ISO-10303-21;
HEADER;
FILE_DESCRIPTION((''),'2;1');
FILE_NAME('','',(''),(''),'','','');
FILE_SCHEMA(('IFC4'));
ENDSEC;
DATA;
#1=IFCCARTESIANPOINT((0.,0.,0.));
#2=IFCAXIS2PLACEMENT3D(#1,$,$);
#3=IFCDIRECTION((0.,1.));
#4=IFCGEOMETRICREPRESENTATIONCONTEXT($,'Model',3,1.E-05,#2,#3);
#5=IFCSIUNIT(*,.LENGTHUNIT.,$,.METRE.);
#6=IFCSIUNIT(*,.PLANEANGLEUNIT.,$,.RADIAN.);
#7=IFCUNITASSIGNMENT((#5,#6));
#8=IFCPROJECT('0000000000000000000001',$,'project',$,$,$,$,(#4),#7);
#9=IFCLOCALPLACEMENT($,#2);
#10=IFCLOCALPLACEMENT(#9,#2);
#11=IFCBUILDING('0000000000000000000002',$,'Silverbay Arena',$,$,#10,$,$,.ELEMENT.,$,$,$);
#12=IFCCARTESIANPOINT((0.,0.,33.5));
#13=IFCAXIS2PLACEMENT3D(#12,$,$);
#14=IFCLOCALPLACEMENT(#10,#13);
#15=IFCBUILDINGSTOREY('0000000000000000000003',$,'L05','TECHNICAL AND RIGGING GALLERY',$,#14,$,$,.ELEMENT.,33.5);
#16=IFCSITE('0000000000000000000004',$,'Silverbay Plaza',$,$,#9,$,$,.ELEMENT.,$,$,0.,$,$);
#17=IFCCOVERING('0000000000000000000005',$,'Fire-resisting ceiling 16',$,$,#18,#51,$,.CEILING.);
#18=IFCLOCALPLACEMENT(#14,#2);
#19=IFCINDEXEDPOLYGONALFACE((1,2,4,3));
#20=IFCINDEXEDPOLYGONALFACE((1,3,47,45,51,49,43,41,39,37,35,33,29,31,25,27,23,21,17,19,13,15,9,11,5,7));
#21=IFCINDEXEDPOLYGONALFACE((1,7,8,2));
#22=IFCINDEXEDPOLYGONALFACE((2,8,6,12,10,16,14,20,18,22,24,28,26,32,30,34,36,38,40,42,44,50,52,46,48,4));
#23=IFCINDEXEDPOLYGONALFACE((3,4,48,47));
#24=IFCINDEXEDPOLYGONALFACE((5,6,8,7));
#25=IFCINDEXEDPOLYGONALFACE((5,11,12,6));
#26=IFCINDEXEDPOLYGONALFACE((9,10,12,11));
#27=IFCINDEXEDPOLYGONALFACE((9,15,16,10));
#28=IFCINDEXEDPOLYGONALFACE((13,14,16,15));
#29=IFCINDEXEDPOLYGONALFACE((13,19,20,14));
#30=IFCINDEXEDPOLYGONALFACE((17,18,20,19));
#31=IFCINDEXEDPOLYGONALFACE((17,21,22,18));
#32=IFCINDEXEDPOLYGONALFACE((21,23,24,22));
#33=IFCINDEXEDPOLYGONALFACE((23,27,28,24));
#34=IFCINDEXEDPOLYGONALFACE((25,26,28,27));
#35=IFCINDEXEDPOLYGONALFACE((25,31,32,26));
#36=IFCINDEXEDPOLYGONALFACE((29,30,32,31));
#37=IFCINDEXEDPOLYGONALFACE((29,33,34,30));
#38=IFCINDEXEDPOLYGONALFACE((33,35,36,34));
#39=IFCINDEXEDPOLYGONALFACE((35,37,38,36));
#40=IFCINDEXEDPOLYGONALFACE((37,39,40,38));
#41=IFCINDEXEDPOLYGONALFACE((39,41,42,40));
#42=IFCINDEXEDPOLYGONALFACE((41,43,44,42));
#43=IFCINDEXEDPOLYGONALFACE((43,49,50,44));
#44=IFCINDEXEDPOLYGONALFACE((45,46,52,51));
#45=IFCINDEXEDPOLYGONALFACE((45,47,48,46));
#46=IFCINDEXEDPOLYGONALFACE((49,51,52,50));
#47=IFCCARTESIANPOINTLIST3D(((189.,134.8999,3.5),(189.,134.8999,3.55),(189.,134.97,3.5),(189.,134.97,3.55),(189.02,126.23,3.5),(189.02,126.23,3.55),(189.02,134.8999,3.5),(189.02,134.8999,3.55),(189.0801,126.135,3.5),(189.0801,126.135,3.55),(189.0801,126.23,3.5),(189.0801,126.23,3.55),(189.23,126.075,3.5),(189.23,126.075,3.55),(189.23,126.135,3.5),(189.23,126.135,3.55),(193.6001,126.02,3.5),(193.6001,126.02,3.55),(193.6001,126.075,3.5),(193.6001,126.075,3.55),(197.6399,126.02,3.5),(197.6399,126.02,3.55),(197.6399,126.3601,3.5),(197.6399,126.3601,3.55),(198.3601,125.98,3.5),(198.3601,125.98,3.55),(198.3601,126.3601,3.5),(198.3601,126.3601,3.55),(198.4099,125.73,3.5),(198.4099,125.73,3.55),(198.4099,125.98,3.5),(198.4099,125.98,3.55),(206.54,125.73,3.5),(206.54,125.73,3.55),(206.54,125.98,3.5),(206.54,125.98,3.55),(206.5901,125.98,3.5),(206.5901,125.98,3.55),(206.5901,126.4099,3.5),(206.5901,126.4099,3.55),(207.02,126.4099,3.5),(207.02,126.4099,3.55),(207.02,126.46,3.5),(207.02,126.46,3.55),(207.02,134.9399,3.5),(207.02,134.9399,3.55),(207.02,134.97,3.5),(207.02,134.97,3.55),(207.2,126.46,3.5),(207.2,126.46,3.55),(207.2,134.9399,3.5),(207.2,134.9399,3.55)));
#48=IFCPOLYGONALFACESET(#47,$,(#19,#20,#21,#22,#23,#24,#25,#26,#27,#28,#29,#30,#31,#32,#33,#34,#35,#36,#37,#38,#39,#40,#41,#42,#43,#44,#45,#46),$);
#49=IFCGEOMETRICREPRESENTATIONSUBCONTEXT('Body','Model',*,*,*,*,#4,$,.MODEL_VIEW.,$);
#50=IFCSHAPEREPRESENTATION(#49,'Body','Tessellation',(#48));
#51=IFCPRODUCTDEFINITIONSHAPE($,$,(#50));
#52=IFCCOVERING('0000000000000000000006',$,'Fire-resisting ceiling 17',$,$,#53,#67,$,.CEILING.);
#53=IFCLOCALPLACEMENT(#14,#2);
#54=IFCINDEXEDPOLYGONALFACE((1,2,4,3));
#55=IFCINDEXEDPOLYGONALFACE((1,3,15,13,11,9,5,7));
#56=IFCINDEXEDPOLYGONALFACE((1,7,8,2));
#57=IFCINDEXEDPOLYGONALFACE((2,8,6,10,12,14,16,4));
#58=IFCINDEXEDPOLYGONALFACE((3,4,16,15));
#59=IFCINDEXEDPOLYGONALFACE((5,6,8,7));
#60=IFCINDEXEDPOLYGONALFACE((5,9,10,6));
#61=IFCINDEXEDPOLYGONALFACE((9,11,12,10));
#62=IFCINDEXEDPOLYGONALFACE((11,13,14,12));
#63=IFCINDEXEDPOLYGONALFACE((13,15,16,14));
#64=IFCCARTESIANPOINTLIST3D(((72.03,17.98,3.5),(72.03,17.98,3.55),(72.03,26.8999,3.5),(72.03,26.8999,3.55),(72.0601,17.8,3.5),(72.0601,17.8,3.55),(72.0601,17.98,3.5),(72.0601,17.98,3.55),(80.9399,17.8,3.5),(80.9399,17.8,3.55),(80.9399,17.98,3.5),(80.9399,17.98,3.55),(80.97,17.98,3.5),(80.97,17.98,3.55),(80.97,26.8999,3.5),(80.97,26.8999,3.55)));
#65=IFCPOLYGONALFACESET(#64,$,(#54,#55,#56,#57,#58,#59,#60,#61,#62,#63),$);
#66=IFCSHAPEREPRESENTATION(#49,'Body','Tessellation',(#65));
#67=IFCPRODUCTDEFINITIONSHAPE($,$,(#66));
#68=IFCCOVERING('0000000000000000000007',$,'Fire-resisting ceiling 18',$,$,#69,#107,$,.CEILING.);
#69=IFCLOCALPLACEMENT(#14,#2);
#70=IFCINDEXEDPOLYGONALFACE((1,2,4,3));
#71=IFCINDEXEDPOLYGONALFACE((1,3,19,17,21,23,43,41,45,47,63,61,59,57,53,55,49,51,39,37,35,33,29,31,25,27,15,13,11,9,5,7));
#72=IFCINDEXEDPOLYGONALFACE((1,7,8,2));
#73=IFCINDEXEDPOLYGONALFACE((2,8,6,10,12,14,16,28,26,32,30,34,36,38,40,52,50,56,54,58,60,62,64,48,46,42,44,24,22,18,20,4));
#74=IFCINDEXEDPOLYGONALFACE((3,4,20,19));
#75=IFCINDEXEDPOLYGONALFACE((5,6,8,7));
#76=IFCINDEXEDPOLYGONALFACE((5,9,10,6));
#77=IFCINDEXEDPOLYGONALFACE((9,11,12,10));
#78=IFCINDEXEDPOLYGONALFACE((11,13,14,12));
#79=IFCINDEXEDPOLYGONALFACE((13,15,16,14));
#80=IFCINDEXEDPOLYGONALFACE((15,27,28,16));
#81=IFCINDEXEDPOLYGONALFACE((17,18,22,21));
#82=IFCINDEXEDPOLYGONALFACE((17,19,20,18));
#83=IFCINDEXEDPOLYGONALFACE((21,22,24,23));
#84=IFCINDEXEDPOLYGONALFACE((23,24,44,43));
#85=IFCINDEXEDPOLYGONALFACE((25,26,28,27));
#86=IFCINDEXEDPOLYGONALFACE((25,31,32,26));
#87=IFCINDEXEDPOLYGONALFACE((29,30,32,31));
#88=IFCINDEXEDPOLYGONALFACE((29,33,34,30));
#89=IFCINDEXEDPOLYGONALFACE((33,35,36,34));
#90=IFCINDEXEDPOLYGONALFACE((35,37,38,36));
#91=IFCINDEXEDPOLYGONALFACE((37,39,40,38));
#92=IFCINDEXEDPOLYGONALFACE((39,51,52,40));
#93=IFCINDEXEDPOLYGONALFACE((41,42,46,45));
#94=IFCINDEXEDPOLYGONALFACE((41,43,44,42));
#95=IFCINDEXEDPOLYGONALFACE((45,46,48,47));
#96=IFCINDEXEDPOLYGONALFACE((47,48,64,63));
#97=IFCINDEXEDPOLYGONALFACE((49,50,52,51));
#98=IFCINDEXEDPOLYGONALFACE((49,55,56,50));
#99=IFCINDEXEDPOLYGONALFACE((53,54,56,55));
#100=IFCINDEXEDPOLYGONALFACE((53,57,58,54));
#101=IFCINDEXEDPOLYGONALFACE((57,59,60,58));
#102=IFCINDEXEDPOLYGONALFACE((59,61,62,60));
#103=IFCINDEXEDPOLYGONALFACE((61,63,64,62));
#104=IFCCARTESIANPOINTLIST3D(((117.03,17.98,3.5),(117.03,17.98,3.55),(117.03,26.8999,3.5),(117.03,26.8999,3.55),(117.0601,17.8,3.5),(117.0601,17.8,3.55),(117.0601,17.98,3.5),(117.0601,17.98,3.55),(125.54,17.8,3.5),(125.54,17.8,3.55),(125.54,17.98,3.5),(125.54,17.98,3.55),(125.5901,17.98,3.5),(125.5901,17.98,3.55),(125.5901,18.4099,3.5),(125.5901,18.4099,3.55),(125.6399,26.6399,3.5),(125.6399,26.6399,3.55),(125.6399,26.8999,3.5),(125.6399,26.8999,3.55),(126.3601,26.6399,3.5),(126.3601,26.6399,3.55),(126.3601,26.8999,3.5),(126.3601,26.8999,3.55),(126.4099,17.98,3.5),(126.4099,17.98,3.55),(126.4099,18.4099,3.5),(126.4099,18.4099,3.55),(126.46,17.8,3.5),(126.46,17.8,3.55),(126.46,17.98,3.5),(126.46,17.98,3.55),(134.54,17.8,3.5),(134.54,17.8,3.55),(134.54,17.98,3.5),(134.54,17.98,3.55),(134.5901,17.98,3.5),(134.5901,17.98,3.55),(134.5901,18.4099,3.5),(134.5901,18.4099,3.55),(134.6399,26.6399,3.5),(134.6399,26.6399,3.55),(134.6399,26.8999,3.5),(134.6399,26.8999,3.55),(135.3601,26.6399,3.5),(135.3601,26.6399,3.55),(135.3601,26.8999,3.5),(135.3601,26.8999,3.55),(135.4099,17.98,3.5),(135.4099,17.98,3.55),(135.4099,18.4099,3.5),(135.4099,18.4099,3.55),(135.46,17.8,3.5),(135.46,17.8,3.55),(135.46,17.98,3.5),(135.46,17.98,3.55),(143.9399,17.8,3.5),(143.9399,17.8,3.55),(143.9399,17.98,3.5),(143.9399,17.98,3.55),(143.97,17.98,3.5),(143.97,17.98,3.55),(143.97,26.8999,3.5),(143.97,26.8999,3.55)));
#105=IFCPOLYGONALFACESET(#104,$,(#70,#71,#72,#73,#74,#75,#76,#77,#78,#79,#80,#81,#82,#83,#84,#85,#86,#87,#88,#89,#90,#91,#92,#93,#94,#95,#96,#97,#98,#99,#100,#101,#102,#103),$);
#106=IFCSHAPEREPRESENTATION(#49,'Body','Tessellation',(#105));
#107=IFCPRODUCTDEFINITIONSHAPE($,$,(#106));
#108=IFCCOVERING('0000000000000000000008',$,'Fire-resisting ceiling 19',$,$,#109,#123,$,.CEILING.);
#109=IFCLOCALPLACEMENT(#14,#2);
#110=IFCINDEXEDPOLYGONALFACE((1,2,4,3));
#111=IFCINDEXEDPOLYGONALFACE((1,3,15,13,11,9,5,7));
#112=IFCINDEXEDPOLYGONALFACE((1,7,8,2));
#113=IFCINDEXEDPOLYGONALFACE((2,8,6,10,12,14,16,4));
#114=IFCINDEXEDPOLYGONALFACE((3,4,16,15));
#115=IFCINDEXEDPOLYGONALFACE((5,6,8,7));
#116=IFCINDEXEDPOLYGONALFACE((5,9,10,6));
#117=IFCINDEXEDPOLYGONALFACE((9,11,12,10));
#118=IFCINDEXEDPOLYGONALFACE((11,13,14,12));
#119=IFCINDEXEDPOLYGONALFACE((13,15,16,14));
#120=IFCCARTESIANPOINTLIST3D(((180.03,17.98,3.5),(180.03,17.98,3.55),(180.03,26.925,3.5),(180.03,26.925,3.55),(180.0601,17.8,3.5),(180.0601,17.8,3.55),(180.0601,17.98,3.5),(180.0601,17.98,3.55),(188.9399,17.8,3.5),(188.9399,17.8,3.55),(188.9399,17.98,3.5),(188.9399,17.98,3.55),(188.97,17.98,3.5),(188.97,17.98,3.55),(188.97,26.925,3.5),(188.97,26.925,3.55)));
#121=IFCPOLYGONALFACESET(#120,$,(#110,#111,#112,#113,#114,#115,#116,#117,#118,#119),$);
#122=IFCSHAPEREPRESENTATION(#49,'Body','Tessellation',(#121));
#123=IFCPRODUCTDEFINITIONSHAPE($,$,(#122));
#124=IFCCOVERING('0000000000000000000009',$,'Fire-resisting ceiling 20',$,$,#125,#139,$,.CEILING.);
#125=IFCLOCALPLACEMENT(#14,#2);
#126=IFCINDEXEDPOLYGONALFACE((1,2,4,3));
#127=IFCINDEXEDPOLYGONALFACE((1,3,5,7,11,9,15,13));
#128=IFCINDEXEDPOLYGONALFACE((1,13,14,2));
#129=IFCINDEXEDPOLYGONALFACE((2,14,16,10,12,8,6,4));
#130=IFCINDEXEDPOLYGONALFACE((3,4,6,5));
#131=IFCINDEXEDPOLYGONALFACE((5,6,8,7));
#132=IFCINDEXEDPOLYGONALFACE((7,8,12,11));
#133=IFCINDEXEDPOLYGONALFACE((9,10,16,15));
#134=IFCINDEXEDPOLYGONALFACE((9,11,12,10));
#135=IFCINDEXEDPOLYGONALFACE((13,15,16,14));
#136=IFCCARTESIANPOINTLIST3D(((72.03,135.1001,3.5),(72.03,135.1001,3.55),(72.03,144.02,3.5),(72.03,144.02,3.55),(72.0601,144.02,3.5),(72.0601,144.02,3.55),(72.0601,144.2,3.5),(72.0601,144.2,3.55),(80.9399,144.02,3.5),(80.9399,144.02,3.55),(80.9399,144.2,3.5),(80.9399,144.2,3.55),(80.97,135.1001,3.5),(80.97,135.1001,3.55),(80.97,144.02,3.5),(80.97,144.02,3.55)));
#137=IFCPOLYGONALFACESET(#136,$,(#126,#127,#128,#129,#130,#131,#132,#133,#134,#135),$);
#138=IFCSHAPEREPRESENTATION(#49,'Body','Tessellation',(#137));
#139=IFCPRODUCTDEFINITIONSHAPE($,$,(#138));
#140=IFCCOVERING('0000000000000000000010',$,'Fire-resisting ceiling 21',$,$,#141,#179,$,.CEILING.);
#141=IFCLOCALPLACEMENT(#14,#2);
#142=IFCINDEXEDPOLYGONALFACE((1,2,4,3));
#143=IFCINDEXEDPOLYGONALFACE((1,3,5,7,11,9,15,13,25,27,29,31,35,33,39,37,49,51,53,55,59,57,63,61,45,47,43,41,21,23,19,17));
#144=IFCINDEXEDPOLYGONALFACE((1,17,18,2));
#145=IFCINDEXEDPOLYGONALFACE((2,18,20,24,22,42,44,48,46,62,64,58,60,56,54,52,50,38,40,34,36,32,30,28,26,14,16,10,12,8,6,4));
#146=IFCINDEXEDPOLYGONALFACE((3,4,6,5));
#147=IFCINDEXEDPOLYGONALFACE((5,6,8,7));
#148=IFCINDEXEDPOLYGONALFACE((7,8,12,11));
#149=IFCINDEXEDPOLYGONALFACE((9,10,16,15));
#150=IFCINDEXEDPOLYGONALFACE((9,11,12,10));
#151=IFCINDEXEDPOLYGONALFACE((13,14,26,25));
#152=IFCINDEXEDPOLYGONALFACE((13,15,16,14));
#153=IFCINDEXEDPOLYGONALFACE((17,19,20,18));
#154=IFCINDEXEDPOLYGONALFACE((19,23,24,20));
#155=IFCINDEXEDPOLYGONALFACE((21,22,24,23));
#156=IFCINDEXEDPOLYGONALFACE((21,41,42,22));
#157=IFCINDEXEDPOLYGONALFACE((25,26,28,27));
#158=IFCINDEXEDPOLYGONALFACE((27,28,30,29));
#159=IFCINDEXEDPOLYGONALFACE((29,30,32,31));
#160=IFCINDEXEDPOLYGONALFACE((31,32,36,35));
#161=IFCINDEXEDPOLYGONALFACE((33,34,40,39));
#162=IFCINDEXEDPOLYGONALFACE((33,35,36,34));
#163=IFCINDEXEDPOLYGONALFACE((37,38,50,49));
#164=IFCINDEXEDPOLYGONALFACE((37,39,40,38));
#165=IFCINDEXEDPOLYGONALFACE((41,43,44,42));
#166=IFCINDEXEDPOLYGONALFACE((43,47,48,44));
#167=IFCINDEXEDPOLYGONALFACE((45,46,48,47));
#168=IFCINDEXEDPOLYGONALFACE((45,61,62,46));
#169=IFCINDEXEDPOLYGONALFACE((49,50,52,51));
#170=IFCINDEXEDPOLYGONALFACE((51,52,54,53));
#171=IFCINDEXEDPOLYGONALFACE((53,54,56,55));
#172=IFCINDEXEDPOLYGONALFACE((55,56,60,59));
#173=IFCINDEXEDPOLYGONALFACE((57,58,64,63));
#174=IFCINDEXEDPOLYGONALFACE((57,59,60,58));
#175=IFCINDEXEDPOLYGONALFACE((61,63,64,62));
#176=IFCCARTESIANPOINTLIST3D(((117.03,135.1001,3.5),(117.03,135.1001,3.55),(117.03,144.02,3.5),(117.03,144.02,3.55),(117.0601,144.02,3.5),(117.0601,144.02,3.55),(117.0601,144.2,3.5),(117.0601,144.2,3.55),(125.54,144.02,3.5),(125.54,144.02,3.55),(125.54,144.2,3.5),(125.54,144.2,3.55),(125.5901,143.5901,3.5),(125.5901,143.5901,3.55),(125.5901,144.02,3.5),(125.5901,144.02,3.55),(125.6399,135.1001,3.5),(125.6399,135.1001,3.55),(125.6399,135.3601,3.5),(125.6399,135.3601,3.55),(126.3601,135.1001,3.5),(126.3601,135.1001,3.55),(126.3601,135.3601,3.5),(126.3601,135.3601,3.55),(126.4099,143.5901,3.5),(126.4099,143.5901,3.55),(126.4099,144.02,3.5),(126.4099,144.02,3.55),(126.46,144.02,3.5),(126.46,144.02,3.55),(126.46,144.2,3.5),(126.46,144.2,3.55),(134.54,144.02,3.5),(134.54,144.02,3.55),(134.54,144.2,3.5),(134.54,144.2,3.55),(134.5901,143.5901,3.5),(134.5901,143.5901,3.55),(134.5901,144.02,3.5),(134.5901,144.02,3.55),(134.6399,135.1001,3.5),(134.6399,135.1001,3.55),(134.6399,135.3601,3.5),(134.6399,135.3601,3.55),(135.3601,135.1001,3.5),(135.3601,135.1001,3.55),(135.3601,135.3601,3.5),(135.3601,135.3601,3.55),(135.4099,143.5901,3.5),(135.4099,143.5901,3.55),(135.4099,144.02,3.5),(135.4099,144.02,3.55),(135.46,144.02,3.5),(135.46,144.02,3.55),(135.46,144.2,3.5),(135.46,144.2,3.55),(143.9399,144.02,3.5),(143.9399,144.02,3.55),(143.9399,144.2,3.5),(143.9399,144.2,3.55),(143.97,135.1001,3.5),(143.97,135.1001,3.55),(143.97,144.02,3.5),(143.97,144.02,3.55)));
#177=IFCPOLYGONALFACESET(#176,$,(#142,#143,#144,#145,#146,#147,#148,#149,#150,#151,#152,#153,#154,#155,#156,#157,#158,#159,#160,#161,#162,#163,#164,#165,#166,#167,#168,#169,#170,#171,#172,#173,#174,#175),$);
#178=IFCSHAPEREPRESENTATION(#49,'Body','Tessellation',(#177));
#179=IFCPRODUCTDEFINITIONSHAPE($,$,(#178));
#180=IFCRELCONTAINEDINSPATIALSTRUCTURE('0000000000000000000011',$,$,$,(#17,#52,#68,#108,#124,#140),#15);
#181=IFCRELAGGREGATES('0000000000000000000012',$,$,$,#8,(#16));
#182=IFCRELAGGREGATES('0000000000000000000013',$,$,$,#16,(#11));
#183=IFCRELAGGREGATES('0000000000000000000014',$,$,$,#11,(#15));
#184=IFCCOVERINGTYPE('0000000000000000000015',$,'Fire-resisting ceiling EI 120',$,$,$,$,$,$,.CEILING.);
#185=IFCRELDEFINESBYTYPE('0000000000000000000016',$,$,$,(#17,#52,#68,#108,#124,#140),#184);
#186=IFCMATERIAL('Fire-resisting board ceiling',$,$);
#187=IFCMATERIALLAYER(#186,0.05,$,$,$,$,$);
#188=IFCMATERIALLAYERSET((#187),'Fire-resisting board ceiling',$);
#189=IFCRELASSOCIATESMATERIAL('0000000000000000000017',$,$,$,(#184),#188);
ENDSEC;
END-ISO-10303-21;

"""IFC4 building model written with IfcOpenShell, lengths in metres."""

from ifc_helpers import new_model, si_unit, direction, frame, origin, place, context, subcontext, project, spatial, polyline, outline, extrude, material, layer, layer_set, type_object, element, save


model = new_model("IFC4")

# Units and contexts
model_context = context("Model", 3, precision=1e-05, world=origin(), true_north=direction((0.0, 1.0)))
body_context = subcontext(model_context, "Body", "Model", "MODEL_VIEW")
ifc_project = project(units=[si_unit("LENGTHUNIT", "METRE"), si_unit("PLANEANGLEUNIT", "RADIAN")], contexts=[model_context])

# Site, building, storey
site_placement = place(None, origin())
site = spatial("IfcSite", under=ifc_project, at=site_placement, Name="Silverbay Plaza", CompositionType="ELEMENT", RefElevation=0.0)
building_placement = place(site_placement, origin())
building = spatial("IfcBuilding", under=site, at=building_placement, Name="Silverbay Arena", CompositionType="ELEMENT")
storey_placement = place(building_placement, frame((0.0, 0.0, 33.5)))
storey = spatial("IfcBuildingStorey", under=building, at=storey_placement, Name="L05", Description="TECHNICAL AND RIGGING GALLERY", CompositionType="ELEMENT", Elevation=33.5)

# Coverings
ifc_material = material(Name="Fire-resisting board ceiling")
ifc_layer = layer(ifc_material, 0.05)
ifc_layer_set = layer_set([ifc_layer], Name="Fire-resisting board ceiling")
covering_type = type_object("IfcCoveringType", Name="Fire-resisting ceiling EI 120", PredefinedType="CEILING", material=ifc_layer_set)
covering_1_placement = place(storey_placement, frame((0.0, 0.0, 3.5)))
element("IfcCovering", 1, at=covering_1_placement, inside=storey, type_object=covering_type, Name="Fire-resisting ceiling 16", PredefinedType="CEILING", context=body_context, shape_type="SweptSolid", body=[
    extrude(outline(polyline([(206.54, 125.98), (206.5901, 125.98), (206.5901, 126.4099), (207.02, 126.4099), (207.02, 126.46), (207.2, 126.46), (207.2, 134.9399), (207.02, 134.9399), (207.02, 134.97), (189.0, 134.97), (189.0, 134.8999), (189.02, 134.8999), (189.02, 126.23), (189.0801, 126.23), (189.0801, 126.135), (189.23, 126.135), (189.23, 126.075), (193.6001, 126.075), (193.6001, 126.02), (197.6399, 126.02), (197.6399, 126.3601), (198.3601, 126.3601), (198.3601, 125.98), (198.4099, 125.98), (198.4099, 125.73), (206.54, 125.73), (206.54, 125.98)])), origin(), (0.0, 0.0, 1.0), 0.05),
])
covering_2_placement = place(storey_placement, frame((0.0, 0.0, 3.5)))
element("IfcCovering", 2, at=covering_2_placement, inside=storey, type_object=covering_type, Name="Fire-resisting ceiling 17", PredefinedType="CEILING", context=body_context, shape_type="SweptSolid", body=[
    extrude(outline(polyline([(72.0601, 17.8), (80.9399, 17.8), (80.9399, 17.98), (80.97, 17.98), (80.97, 26.8999), (72.03, 26.8999), (72.03, 17.98), (72.0601, 17.98), (72.0601, 17.8)])), origin(), (0.0, 0.0, 1.0), 0.05),
])
covering_3_placement = place(storey_placement, frame((0.0, 0.0, 3.5)))
element("IfcCovering", 3, at=covering_3_placement, inside=storey, type_object=covering_type, Name="Fire-resisting ceiling 18", PredefinedType="CEILING", context=body_context, shape_type="SweptSolid", body=[
    extrude(outline(polyline([(125.54, 17.98), (125.5901, 17.98), (125.5901, 18.4099), (126.4099, 18.4099), (126.4099, 17.98), (126.46, 17.98), (126.46, 17.8), (134.54, 17.8), (134.54, 17.98), (134.5901, 17.98), (134.5901, 18.4099), (135.4099, 18.4099), (135.4099, 17.98), (135.46, 17.98), (135.46, 17.8), (143.9399, 17.8), (143.9399, 17.98), (143.97, 17.98), (143.97, 26.8999), (135.3601, 26.8999), (135.3601, 26.6399), (134.6399, 26.6399), (134.6399, 26.8999), (126.3601, 26.8999), (126.3601, 26.6399), (125.6399, 26.6399), (125.6399, 26.8999), (117.03, 26.8999), (117.03, 17.98), (117.0601, 17.98), (117.0601, 17.8), (125.54, 17.8), (125.54, 17.98)])), origin(), (0.0, 0.0, 1.0), 0.05),
])
covering_4_placement = place(storey_placement, frame((0.0, 0.0, 3.5)))
element("IfcCovering", 4, at=covering_4_placement, inside=storey, type_object=covering_type, Name="Fire-resisting ceiling 19", PredefinedType="CEILING", context=body_context, shape_type="SweptSolid", body=[
    extrude(outline(polyline([(180.0601, 17.8), (188.9399, 17.8), (188.9399, 17.98), (188.97, 17.98), (188.97, 26.925), (180.03, 26.925), (180.03, 17.98), (180.0601, 17.98), (180.0601, 17.8)])), origin(), (0.0, 0.0, 1.0), 0.05),
])
covering_5_placement = place(storey_placement, frame((0.0, 0.0, 3.5)))
element("IfcCovering", 5, at=covering_5_placement, inside=storey, type_object=covering_type, Name="Fire-resisting ceiling 20", PredefinedType="CEILING", context=body_context, shape_type="SweptSolid", body=[
    extrude(outline(polyline([(80.9399, 144.02), (80.9399, 144.2), (72.0601, 144.2), (72.0601, 144.02), (72.03, 144.02), (72.03, 135.1001), (80.97, 135.1001), (80.97, 144.02), (80.9399, 144.02)])), origin(), (0.0, 0.0, 1.0), 0.05),
])
covering_6_placement = place(storey_placement, frame((0.0, 0.0, 3.5)))
element("IfcCovering", 6, at=covering_6_placement, inside=storey, type_object=covering_type, Name="Fire-resisting ceiling 21", PredefinedType="CEILING", context=body_context, shape_type="SweptSolid", body=[
    extrude(outline(polyline([(125.5901, 144.02), (125.54, 144.02), (125.54, 144.2), (117.0601, 144.2), (117.0601, 144.02), (117.03, 144.02), (117.03, 135.1001), (125.6399, 135.1001), (125.6399, 135.3601), (126.3601, 135.3601), (126.3601, 135.1001), (134.6399, 135.1001), (134.6399, 135.3601), (135.3601, 135.3601), (135.3601, 135.1001), (143.97, 135.1001), (143.97, 144.02), (143.9399, 144.02), (143.9399, 144.2), (135.46, 144.2), (135.46, 144.02), (135.4099, 144.02), (135.4099, 143.5901), (134.5901, 143.5901), (134.5901, 144.02), (134.54, 144.02), (134.54, 144.2), (126.46, 144.2), (126.46, 144.02), (126.4099, 144.02), (126.4099, 143.5901), (125.5901, 143.5901), (125.5901, 144.02)])), origin(), (0.0, 0.0, 1.0), 0.05),
])

save(model, "model.ifc")
